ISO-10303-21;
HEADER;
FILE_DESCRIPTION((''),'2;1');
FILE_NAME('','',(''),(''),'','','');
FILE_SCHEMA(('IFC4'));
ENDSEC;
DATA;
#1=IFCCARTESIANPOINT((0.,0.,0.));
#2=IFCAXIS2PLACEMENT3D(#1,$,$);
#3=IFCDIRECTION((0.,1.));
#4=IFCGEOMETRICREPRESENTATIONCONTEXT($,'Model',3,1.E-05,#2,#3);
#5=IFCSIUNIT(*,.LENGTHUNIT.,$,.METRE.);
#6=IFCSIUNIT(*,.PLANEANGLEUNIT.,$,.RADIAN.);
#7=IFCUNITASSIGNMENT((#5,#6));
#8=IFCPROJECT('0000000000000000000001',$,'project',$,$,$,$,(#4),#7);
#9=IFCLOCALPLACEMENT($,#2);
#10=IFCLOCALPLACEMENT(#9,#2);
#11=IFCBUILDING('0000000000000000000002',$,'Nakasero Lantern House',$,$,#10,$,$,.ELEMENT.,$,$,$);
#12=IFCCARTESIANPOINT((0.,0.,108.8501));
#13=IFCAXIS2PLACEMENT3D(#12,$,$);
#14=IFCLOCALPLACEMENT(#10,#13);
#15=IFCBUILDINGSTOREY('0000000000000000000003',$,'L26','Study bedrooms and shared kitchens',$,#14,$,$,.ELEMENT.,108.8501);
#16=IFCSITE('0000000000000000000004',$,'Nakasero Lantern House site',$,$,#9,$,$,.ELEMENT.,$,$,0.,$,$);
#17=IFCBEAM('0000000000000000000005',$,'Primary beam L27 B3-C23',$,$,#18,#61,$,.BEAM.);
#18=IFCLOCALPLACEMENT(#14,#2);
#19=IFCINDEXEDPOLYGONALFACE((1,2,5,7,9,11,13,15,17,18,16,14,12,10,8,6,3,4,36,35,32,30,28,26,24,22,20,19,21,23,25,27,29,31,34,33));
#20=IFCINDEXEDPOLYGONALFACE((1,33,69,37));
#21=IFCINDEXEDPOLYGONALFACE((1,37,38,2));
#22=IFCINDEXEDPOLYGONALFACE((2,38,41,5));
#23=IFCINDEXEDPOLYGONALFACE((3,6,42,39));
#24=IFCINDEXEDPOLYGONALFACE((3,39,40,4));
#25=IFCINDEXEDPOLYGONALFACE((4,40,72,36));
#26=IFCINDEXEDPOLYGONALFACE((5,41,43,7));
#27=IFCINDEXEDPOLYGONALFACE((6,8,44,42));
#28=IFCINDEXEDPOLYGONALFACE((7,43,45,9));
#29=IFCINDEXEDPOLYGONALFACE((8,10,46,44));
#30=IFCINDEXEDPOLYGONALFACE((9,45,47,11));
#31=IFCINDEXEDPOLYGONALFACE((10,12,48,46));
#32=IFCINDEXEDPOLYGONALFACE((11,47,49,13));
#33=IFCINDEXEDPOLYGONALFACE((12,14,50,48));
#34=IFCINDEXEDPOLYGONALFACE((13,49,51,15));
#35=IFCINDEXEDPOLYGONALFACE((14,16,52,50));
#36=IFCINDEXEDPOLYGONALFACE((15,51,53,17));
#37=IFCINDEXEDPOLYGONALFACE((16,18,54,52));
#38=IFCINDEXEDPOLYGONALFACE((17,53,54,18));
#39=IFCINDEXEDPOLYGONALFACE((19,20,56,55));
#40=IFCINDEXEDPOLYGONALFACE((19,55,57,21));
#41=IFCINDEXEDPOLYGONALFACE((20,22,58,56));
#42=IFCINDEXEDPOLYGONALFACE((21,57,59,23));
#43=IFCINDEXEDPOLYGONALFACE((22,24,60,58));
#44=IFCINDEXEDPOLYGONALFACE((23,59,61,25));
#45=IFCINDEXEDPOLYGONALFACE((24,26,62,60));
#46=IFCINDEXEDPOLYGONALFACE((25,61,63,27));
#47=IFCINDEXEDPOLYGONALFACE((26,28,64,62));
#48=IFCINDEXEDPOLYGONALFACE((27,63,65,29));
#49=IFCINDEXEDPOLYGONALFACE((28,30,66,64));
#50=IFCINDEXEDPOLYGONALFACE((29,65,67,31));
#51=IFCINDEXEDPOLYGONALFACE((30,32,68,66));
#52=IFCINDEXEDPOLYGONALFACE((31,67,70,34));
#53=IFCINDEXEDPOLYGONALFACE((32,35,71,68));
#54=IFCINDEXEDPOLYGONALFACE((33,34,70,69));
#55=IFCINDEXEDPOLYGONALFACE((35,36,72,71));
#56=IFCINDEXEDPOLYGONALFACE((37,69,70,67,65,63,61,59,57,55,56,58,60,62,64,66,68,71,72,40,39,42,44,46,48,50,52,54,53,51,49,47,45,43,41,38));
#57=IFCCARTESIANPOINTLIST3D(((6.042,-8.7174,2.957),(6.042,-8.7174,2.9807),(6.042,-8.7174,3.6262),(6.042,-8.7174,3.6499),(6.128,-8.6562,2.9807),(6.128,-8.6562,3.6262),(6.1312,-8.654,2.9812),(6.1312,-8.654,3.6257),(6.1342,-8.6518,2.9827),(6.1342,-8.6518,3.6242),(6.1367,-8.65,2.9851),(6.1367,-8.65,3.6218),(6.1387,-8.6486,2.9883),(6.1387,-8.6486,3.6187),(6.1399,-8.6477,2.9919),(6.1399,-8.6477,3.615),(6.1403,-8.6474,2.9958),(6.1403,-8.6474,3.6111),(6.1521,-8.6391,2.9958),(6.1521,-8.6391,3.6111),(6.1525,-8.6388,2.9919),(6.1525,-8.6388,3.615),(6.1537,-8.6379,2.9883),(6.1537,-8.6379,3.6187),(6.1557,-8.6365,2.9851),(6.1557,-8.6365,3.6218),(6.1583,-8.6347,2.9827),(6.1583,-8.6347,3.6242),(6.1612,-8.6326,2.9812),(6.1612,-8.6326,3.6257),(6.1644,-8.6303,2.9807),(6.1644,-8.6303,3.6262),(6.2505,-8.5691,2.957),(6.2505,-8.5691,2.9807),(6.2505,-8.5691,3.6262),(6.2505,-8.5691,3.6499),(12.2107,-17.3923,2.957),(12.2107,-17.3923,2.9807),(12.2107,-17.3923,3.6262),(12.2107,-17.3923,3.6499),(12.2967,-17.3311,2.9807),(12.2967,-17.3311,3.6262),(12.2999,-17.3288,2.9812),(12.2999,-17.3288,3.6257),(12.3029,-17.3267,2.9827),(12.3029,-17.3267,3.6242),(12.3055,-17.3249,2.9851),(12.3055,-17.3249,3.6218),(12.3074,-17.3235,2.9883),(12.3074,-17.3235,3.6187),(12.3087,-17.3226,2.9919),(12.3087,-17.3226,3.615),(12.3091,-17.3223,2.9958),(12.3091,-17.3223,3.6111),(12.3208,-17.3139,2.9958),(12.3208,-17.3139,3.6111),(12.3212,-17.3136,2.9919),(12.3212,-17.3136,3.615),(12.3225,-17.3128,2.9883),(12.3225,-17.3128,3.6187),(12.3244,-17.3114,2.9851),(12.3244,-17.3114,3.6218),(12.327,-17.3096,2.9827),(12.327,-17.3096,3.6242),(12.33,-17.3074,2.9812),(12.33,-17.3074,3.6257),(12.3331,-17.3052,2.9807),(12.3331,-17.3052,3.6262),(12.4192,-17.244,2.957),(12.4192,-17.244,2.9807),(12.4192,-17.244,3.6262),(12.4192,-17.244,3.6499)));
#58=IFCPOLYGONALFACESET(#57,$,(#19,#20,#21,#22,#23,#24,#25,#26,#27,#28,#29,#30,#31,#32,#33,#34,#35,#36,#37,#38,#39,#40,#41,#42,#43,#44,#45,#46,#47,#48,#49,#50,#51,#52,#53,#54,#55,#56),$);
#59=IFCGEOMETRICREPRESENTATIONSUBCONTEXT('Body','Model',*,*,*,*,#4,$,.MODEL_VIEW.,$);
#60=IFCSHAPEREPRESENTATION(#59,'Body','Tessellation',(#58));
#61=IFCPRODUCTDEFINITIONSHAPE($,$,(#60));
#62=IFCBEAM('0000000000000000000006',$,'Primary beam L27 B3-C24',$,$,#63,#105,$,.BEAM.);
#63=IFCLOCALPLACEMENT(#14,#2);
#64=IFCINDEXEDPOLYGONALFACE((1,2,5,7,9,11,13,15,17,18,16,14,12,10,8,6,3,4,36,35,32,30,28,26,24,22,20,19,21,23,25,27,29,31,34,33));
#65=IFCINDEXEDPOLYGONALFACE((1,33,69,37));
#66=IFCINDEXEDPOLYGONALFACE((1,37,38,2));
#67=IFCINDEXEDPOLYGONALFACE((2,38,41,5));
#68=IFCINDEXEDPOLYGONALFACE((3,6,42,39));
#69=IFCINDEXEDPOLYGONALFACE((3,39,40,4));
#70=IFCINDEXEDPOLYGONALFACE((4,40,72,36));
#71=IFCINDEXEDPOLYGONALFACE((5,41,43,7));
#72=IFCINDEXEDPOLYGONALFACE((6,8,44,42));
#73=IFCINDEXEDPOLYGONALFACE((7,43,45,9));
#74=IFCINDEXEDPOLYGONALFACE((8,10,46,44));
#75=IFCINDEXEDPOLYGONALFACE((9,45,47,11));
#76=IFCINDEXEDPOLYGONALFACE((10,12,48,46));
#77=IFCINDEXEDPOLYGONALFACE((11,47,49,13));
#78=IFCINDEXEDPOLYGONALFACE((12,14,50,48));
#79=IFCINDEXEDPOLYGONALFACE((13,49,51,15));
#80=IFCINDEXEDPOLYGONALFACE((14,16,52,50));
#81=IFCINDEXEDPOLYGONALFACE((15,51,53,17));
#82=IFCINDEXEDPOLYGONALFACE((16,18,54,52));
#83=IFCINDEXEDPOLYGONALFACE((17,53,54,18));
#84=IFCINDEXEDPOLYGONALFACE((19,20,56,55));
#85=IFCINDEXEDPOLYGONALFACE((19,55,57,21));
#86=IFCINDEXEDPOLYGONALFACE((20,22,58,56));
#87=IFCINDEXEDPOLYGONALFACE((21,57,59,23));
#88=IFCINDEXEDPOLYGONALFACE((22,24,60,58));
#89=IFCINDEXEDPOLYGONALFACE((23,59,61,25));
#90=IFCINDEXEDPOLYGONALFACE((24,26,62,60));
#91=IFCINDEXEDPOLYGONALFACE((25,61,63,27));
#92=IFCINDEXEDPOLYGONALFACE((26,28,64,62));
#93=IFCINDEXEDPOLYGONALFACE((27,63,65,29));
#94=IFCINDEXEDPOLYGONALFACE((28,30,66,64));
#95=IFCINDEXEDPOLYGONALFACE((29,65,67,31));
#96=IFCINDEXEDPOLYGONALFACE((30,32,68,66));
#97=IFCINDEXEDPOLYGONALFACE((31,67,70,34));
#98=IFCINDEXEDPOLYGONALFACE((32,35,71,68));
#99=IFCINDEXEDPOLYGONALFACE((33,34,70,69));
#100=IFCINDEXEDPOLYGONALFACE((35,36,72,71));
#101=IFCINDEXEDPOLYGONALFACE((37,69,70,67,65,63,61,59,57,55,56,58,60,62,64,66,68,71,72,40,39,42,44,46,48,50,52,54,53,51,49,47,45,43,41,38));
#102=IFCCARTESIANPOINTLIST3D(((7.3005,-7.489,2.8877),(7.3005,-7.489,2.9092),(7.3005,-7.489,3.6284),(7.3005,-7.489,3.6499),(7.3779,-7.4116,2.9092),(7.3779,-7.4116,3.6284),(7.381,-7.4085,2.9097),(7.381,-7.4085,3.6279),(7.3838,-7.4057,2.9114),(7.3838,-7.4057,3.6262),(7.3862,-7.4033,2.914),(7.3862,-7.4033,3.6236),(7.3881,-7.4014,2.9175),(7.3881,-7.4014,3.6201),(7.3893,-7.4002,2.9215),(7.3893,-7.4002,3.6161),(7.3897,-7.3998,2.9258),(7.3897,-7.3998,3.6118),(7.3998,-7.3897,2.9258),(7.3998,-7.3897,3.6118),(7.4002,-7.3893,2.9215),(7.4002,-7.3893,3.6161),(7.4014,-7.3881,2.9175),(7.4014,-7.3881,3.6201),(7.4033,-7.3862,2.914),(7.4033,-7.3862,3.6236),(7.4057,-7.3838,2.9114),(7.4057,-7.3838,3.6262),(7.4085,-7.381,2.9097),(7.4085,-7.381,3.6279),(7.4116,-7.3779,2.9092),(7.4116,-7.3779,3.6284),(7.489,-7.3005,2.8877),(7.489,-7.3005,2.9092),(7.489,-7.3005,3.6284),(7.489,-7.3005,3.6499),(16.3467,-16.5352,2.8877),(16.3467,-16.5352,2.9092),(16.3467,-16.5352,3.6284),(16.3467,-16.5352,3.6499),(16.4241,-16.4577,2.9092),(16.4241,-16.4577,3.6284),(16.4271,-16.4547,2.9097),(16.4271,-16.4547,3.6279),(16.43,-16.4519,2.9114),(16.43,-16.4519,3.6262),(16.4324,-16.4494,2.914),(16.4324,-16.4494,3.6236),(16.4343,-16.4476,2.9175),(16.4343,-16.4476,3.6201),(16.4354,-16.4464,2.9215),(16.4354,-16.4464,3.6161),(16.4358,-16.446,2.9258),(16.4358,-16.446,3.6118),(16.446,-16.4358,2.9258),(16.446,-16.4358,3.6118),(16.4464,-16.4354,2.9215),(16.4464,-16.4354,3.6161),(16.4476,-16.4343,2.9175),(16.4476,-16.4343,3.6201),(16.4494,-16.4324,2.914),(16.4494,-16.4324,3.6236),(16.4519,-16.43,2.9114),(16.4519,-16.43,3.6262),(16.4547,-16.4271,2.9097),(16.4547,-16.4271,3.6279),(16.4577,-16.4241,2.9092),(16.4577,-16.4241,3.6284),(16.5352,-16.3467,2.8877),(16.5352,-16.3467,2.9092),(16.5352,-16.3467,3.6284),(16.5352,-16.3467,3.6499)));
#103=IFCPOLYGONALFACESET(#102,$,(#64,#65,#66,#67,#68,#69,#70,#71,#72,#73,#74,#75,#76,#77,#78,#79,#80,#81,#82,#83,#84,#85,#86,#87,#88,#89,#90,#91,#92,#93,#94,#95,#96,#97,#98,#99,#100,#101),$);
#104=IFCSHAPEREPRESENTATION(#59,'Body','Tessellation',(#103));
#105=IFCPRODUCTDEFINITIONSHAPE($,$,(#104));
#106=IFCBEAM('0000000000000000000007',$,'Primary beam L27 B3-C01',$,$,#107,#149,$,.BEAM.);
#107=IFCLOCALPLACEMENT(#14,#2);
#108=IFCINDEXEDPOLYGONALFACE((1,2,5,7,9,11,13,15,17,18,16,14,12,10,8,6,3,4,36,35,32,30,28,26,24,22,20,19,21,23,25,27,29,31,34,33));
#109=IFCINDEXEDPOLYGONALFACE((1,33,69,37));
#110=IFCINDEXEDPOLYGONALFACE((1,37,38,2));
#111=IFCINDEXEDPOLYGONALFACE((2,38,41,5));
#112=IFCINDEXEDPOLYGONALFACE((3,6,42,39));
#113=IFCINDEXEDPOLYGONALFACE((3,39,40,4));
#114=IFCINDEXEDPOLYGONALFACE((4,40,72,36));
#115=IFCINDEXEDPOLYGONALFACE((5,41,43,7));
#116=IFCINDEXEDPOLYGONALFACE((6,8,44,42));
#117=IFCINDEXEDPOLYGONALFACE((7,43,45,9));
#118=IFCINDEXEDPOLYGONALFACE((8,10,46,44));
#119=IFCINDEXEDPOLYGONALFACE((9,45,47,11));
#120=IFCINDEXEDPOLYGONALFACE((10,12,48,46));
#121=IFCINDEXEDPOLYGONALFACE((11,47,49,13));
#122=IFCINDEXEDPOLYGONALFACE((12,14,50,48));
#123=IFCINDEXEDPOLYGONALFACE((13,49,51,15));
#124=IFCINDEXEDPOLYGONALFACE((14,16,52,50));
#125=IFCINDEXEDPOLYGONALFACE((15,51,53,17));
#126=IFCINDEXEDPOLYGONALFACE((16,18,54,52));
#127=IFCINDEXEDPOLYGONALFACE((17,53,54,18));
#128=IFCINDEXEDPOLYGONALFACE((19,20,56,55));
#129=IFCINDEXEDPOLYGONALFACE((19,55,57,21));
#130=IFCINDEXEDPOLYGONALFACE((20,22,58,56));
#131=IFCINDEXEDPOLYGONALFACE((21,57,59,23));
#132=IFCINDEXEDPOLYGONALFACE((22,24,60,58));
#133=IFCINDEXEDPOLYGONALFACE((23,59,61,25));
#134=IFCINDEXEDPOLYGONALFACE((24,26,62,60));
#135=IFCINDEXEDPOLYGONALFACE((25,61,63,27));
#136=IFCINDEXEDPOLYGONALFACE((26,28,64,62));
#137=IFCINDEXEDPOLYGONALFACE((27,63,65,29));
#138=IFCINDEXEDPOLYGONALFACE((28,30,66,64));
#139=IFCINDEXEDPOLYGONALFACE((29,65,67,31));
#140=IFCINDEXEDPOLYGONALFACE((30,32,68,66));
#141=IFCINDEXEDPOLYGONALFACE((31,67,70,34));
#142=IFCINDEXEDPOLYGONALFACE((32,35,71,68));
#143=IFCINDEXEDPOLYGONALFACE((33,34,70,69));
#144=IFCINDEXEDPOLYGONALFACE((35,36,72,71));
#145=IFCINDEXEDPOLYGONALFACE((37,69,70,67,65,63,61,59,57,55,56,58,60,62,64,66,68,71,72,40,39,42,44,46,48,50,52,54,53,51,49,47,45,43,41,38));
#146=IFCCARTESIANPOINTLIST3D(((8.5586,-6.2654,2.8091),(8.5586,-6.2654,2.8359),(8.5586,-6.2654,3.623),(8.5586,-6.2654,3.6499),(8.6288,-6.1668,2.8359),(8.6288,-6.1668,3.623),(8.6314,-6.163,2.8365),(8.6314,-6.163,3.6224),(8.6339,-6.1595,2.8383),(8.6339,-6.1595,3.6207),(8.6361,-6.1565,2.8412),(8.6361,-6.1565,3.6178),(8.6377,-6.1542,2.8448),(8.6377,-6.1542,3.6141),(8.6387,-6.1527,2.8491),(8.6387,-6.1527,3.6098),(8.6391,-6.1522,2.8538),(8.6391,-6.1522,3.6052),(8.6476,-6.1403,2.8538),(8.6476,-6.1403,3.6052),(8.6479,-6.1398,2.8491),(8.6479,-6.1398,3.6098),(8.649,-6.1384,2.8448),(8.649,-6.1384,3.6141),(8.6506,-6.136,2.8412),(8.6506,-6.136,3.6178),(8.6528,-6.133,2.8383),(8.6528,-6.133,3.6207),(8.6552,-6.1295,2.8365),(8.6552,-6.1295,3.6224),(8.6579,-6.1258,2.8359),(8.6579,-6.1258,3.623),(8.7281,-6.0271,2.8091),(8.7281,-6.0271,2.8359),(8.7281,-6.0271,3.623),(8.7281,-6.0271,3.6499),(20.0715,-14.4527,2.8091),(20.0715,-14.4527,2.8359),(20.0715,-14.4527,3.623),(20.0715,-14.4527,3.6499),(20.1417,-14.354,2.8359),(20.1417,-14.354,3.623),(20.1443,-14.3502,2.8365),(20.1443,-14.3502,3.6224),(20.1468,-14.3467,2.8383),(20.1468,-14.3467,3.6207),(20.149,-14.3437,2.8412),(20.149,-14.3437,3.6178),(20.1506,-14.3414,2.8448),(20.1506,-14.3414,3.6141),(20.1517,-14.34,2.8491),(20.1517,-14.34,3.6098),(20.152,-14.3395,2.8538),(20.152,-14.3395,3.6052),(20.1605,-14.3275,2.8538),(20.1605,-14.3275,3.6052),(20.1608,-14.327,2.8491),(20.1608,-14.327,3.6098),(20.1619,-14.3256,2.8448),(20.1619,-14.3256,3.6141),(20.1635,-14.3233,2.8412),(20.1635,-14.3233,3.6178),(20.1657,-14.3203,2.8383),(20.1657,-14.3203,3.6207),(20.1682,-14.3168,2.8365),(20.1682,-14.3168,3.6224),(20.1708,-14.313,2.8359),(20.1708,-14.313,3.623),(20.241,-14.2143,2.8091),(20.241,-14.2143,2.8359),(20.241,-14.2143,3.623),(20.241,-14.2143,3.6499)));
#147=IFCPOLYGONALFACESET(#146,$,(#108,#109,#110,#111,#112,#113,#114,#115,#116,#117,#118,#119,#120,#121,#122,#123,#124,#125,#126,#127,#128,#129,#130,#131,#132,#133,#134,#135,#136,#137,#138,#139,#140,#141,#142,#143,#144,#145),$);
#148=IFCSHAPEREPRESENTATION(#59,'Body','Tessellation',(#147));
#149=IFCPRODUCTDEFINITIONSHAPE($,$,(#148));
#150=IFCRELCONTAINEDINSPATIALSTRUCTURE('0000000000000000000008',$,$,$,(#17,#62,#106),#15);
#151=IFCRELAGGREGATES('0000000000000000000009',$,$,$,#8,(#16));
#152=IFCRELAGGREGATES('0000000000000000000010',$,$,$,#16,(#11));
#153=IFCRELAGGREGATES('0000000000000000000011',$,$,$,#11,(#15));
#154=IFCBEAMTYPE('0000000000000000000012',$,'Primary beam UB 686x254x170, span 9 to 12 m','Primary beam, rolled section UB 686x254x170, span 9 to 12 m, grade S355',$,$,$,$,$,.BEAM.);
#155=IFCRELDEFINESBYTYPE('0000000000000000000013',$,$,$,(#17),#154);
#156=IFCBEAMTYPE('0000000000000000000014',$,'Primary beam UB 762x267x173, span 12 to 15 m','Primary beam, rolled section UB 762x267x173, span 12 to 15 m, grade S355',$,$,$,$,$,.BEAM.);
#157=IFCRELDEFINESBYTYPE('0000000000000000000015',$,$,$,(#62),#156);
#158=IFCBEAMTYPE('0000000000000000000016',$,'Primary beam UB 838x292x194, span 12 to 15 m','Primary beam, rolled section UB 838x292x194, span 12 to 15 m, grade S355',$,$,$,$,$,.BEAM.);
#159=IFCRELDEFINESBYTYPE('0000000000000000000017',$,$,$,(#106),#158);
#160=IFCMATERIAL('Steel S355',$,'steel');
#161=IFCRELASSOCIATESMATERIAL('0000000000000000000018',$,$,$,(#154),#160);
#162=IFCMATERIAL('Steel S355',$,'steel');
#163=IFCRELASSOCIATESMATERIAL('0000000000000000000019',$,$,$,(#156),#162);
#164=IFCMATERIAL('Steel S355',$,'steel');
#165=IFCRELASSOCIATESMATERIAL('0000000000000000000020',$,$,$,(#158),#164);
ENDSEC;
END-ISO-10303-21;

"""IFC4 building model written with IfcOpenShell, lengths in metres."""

from ifc_helpers import new_model, si_unit, direction, frame, origin, origin_2d, place, context, subcontext, project, spatial, i_section, extrude, material, material_profile, profile_set, type_object, element, save


model = new_model("IFC4")

# Units and contexts
model_context = context("Model", 3, precision=1e-05, world=origin(), true_north=direction((0.0, 1.0)))
body_context = subcontext(model_context, "Body", "Model", "MODEL_VIEW")
ifc_project = project(units=[si_unit("LENGTHUNIT", "METRE"), si_unit("PLANEANGLEUNIT", "RADIAN")], contexts=[model_context])

# Site, building, storey
site_placement = place(None, origin())
site = spatial("IfcSite", under=ifc_project, at=site_placement, Name="Nakasero Lantern House site", CompositionType="ELEMENT", RefElevation=0.0)
building_placement = place(site_placement, origin())
building = spatial("IfcBuilding", under=site, at=building_placement, Name="Nakasero Lantern House", CompositionType="ELEMENT")
storey_placement = place(building_placement, frame((0.0, 0.0, 108.8501)))
storey = spatial("IfcBuildingStorey", under=building, at=storey_placement, Name="L26", Description="Study bedrooms and shared kitchens", CompositionType="ELEMENT", Elevation=108.8501)

# Beams
ifc_material_1 = material(Name="Steel S355", Category="steel")
ifc_material_profile_1 = material_profile(ifc_material_1, i_section(OverallWidth=0.2559, OverallDepth=0.6929, WebThickness=0.0144, FlangeThickness=0.0237, FilletRadius=0.0151, at=origin_2d()), Name="UB 686x254x170")
ifc_profile_set_1 = profile_set([ifc_material_profile_1], Name="Steel S355")
beam_type_1 = type_object("IfcBeamType", Name="Primary beam UB 686x254x170, span 9 to 12 m", Description="Primary beam, rolled section UB 686x254x170, span 9 to 12 m, grade S355", PredefinedType="BEAM", material=ifc_profile_set_1)
beam_1_placement = place(storey_placement, frame((12.3149, -17.3181, 3.3035), z_axis=(-0.579521, 0.814957, 0.0), x_axis=(-0.814957, -0.579521, 0.0)))
element("IfcBeam", 1, at=beam_1_placement, inside=storey, type_object=beam_type_1, Name="Primary beam L27 B3-C23", PredefinedType="BEAM", context=body_context, shape_type="SweptSolid", body=[
    extrude(i_section(OverallWidth=0.2559, OverallDepth=0.6929, WebThickness=0.0144, FlangeThickness=0.0237, FilletRadius=0.0151, at=origin_2d()), origin(), (0.0, 0.0, 1.0), 10.6445),
])
ifc_material_2 = material(Name="Steel S355", Category="steel")
ifc_material_profile_2 = material_profile(ifc_material_2, i_section(OverallWidth=0.2666, OverallDepth=0.7622, WebThickness=0.0144, FlangeThickness=0.0215, FilletRadius=0.0166, at=origin_2d()), Name="UB 762x267x173")
ifc_profile_set_2 = profile_set([ifc_material_profile_2], Name="Steel S355")
beam_type_2 = type_object("IfcBeamType", Name="Primary beam UB 762x267x173, span 12 to 15 m", Description="Primary beam, rolled section UB 762x267x173, span 12 to 15 m, grade S355", PredefinedType="BEAM", material=ifc_profile_set_2)
beam_2_placement = place(storey_placement, frame((16.4409, -16.4409, 3.2688), z_axis=(-0.707107, 0.707107, 0.0), x_axis=(-0.707107, -0.707107, 0.0)))
element("IfcBeam", 2, at=beam_2_placement, inside=storey, type_object=beam_type_2, Name="Primary beam L27 B3-C24", PredefinedType="BEAM", context=body_context, shape_type="SweptSolid", body=[
    extrude(i_section(OverallWidth=0.2666, OverallDepth=0.7622, WebThickness=0.0144, FlangeThickness=0.0215, FilletRadius=0.0166, at=origin_2d()), origin(), (0.0, 0.0, 1.0), 12.7932),
])
ifc_material_3 = material(Name="Steel S355", Category="steel")
ifc_material_profile_3 = material_profile(ifc_material_3, i_section(OverallWidth=0.2925, OverallDepth=0.8408, WebThickness=0.0146, FlangeThickness=0.0269, FilletRadius=0.0178, at=origin_2d()), Name="UB 838x292x194")
ifc_profile_set_3 = profile_set([ifc_material_profile_3], Name="Steel S355")
beam_type_3 = type_object("IfcBeamType", Name="Primary beam UB 838x292x194, span 12 to 15 m", Description="Primary beam, rolled section UB 838x292x194, span 12 to 15 m, grade S355", PredefinedType="BEAM", material=ifc_profile_set_3)
beam_3_placement = place(storey_placement, frame((20.1562, -14.3335, 3.2295), z_axis=(-0.814946, 0.579537, 0.0), x_axis=(-0.579537, -0.814946, 0.0)))
element("IfcBeam", 3, at=beam_3_placement, inside=storey, type_object=beam_type_3, Name="Primary beam L27 B3-C01", PredefinedType="BEAM", context=body_context, shape_type="SweptSolid", body=[
    extrude(i_section(OverallWidth=0.2925, OverallDepth=0.8408, WebThickness=0.0146, FlangeThickness=0.0269, FilletRadius=0.0178, at=origin_2d()), origin(), (0.0, 0.0, 1.0), 14.1272),
])

save(model, "model.ifc")
